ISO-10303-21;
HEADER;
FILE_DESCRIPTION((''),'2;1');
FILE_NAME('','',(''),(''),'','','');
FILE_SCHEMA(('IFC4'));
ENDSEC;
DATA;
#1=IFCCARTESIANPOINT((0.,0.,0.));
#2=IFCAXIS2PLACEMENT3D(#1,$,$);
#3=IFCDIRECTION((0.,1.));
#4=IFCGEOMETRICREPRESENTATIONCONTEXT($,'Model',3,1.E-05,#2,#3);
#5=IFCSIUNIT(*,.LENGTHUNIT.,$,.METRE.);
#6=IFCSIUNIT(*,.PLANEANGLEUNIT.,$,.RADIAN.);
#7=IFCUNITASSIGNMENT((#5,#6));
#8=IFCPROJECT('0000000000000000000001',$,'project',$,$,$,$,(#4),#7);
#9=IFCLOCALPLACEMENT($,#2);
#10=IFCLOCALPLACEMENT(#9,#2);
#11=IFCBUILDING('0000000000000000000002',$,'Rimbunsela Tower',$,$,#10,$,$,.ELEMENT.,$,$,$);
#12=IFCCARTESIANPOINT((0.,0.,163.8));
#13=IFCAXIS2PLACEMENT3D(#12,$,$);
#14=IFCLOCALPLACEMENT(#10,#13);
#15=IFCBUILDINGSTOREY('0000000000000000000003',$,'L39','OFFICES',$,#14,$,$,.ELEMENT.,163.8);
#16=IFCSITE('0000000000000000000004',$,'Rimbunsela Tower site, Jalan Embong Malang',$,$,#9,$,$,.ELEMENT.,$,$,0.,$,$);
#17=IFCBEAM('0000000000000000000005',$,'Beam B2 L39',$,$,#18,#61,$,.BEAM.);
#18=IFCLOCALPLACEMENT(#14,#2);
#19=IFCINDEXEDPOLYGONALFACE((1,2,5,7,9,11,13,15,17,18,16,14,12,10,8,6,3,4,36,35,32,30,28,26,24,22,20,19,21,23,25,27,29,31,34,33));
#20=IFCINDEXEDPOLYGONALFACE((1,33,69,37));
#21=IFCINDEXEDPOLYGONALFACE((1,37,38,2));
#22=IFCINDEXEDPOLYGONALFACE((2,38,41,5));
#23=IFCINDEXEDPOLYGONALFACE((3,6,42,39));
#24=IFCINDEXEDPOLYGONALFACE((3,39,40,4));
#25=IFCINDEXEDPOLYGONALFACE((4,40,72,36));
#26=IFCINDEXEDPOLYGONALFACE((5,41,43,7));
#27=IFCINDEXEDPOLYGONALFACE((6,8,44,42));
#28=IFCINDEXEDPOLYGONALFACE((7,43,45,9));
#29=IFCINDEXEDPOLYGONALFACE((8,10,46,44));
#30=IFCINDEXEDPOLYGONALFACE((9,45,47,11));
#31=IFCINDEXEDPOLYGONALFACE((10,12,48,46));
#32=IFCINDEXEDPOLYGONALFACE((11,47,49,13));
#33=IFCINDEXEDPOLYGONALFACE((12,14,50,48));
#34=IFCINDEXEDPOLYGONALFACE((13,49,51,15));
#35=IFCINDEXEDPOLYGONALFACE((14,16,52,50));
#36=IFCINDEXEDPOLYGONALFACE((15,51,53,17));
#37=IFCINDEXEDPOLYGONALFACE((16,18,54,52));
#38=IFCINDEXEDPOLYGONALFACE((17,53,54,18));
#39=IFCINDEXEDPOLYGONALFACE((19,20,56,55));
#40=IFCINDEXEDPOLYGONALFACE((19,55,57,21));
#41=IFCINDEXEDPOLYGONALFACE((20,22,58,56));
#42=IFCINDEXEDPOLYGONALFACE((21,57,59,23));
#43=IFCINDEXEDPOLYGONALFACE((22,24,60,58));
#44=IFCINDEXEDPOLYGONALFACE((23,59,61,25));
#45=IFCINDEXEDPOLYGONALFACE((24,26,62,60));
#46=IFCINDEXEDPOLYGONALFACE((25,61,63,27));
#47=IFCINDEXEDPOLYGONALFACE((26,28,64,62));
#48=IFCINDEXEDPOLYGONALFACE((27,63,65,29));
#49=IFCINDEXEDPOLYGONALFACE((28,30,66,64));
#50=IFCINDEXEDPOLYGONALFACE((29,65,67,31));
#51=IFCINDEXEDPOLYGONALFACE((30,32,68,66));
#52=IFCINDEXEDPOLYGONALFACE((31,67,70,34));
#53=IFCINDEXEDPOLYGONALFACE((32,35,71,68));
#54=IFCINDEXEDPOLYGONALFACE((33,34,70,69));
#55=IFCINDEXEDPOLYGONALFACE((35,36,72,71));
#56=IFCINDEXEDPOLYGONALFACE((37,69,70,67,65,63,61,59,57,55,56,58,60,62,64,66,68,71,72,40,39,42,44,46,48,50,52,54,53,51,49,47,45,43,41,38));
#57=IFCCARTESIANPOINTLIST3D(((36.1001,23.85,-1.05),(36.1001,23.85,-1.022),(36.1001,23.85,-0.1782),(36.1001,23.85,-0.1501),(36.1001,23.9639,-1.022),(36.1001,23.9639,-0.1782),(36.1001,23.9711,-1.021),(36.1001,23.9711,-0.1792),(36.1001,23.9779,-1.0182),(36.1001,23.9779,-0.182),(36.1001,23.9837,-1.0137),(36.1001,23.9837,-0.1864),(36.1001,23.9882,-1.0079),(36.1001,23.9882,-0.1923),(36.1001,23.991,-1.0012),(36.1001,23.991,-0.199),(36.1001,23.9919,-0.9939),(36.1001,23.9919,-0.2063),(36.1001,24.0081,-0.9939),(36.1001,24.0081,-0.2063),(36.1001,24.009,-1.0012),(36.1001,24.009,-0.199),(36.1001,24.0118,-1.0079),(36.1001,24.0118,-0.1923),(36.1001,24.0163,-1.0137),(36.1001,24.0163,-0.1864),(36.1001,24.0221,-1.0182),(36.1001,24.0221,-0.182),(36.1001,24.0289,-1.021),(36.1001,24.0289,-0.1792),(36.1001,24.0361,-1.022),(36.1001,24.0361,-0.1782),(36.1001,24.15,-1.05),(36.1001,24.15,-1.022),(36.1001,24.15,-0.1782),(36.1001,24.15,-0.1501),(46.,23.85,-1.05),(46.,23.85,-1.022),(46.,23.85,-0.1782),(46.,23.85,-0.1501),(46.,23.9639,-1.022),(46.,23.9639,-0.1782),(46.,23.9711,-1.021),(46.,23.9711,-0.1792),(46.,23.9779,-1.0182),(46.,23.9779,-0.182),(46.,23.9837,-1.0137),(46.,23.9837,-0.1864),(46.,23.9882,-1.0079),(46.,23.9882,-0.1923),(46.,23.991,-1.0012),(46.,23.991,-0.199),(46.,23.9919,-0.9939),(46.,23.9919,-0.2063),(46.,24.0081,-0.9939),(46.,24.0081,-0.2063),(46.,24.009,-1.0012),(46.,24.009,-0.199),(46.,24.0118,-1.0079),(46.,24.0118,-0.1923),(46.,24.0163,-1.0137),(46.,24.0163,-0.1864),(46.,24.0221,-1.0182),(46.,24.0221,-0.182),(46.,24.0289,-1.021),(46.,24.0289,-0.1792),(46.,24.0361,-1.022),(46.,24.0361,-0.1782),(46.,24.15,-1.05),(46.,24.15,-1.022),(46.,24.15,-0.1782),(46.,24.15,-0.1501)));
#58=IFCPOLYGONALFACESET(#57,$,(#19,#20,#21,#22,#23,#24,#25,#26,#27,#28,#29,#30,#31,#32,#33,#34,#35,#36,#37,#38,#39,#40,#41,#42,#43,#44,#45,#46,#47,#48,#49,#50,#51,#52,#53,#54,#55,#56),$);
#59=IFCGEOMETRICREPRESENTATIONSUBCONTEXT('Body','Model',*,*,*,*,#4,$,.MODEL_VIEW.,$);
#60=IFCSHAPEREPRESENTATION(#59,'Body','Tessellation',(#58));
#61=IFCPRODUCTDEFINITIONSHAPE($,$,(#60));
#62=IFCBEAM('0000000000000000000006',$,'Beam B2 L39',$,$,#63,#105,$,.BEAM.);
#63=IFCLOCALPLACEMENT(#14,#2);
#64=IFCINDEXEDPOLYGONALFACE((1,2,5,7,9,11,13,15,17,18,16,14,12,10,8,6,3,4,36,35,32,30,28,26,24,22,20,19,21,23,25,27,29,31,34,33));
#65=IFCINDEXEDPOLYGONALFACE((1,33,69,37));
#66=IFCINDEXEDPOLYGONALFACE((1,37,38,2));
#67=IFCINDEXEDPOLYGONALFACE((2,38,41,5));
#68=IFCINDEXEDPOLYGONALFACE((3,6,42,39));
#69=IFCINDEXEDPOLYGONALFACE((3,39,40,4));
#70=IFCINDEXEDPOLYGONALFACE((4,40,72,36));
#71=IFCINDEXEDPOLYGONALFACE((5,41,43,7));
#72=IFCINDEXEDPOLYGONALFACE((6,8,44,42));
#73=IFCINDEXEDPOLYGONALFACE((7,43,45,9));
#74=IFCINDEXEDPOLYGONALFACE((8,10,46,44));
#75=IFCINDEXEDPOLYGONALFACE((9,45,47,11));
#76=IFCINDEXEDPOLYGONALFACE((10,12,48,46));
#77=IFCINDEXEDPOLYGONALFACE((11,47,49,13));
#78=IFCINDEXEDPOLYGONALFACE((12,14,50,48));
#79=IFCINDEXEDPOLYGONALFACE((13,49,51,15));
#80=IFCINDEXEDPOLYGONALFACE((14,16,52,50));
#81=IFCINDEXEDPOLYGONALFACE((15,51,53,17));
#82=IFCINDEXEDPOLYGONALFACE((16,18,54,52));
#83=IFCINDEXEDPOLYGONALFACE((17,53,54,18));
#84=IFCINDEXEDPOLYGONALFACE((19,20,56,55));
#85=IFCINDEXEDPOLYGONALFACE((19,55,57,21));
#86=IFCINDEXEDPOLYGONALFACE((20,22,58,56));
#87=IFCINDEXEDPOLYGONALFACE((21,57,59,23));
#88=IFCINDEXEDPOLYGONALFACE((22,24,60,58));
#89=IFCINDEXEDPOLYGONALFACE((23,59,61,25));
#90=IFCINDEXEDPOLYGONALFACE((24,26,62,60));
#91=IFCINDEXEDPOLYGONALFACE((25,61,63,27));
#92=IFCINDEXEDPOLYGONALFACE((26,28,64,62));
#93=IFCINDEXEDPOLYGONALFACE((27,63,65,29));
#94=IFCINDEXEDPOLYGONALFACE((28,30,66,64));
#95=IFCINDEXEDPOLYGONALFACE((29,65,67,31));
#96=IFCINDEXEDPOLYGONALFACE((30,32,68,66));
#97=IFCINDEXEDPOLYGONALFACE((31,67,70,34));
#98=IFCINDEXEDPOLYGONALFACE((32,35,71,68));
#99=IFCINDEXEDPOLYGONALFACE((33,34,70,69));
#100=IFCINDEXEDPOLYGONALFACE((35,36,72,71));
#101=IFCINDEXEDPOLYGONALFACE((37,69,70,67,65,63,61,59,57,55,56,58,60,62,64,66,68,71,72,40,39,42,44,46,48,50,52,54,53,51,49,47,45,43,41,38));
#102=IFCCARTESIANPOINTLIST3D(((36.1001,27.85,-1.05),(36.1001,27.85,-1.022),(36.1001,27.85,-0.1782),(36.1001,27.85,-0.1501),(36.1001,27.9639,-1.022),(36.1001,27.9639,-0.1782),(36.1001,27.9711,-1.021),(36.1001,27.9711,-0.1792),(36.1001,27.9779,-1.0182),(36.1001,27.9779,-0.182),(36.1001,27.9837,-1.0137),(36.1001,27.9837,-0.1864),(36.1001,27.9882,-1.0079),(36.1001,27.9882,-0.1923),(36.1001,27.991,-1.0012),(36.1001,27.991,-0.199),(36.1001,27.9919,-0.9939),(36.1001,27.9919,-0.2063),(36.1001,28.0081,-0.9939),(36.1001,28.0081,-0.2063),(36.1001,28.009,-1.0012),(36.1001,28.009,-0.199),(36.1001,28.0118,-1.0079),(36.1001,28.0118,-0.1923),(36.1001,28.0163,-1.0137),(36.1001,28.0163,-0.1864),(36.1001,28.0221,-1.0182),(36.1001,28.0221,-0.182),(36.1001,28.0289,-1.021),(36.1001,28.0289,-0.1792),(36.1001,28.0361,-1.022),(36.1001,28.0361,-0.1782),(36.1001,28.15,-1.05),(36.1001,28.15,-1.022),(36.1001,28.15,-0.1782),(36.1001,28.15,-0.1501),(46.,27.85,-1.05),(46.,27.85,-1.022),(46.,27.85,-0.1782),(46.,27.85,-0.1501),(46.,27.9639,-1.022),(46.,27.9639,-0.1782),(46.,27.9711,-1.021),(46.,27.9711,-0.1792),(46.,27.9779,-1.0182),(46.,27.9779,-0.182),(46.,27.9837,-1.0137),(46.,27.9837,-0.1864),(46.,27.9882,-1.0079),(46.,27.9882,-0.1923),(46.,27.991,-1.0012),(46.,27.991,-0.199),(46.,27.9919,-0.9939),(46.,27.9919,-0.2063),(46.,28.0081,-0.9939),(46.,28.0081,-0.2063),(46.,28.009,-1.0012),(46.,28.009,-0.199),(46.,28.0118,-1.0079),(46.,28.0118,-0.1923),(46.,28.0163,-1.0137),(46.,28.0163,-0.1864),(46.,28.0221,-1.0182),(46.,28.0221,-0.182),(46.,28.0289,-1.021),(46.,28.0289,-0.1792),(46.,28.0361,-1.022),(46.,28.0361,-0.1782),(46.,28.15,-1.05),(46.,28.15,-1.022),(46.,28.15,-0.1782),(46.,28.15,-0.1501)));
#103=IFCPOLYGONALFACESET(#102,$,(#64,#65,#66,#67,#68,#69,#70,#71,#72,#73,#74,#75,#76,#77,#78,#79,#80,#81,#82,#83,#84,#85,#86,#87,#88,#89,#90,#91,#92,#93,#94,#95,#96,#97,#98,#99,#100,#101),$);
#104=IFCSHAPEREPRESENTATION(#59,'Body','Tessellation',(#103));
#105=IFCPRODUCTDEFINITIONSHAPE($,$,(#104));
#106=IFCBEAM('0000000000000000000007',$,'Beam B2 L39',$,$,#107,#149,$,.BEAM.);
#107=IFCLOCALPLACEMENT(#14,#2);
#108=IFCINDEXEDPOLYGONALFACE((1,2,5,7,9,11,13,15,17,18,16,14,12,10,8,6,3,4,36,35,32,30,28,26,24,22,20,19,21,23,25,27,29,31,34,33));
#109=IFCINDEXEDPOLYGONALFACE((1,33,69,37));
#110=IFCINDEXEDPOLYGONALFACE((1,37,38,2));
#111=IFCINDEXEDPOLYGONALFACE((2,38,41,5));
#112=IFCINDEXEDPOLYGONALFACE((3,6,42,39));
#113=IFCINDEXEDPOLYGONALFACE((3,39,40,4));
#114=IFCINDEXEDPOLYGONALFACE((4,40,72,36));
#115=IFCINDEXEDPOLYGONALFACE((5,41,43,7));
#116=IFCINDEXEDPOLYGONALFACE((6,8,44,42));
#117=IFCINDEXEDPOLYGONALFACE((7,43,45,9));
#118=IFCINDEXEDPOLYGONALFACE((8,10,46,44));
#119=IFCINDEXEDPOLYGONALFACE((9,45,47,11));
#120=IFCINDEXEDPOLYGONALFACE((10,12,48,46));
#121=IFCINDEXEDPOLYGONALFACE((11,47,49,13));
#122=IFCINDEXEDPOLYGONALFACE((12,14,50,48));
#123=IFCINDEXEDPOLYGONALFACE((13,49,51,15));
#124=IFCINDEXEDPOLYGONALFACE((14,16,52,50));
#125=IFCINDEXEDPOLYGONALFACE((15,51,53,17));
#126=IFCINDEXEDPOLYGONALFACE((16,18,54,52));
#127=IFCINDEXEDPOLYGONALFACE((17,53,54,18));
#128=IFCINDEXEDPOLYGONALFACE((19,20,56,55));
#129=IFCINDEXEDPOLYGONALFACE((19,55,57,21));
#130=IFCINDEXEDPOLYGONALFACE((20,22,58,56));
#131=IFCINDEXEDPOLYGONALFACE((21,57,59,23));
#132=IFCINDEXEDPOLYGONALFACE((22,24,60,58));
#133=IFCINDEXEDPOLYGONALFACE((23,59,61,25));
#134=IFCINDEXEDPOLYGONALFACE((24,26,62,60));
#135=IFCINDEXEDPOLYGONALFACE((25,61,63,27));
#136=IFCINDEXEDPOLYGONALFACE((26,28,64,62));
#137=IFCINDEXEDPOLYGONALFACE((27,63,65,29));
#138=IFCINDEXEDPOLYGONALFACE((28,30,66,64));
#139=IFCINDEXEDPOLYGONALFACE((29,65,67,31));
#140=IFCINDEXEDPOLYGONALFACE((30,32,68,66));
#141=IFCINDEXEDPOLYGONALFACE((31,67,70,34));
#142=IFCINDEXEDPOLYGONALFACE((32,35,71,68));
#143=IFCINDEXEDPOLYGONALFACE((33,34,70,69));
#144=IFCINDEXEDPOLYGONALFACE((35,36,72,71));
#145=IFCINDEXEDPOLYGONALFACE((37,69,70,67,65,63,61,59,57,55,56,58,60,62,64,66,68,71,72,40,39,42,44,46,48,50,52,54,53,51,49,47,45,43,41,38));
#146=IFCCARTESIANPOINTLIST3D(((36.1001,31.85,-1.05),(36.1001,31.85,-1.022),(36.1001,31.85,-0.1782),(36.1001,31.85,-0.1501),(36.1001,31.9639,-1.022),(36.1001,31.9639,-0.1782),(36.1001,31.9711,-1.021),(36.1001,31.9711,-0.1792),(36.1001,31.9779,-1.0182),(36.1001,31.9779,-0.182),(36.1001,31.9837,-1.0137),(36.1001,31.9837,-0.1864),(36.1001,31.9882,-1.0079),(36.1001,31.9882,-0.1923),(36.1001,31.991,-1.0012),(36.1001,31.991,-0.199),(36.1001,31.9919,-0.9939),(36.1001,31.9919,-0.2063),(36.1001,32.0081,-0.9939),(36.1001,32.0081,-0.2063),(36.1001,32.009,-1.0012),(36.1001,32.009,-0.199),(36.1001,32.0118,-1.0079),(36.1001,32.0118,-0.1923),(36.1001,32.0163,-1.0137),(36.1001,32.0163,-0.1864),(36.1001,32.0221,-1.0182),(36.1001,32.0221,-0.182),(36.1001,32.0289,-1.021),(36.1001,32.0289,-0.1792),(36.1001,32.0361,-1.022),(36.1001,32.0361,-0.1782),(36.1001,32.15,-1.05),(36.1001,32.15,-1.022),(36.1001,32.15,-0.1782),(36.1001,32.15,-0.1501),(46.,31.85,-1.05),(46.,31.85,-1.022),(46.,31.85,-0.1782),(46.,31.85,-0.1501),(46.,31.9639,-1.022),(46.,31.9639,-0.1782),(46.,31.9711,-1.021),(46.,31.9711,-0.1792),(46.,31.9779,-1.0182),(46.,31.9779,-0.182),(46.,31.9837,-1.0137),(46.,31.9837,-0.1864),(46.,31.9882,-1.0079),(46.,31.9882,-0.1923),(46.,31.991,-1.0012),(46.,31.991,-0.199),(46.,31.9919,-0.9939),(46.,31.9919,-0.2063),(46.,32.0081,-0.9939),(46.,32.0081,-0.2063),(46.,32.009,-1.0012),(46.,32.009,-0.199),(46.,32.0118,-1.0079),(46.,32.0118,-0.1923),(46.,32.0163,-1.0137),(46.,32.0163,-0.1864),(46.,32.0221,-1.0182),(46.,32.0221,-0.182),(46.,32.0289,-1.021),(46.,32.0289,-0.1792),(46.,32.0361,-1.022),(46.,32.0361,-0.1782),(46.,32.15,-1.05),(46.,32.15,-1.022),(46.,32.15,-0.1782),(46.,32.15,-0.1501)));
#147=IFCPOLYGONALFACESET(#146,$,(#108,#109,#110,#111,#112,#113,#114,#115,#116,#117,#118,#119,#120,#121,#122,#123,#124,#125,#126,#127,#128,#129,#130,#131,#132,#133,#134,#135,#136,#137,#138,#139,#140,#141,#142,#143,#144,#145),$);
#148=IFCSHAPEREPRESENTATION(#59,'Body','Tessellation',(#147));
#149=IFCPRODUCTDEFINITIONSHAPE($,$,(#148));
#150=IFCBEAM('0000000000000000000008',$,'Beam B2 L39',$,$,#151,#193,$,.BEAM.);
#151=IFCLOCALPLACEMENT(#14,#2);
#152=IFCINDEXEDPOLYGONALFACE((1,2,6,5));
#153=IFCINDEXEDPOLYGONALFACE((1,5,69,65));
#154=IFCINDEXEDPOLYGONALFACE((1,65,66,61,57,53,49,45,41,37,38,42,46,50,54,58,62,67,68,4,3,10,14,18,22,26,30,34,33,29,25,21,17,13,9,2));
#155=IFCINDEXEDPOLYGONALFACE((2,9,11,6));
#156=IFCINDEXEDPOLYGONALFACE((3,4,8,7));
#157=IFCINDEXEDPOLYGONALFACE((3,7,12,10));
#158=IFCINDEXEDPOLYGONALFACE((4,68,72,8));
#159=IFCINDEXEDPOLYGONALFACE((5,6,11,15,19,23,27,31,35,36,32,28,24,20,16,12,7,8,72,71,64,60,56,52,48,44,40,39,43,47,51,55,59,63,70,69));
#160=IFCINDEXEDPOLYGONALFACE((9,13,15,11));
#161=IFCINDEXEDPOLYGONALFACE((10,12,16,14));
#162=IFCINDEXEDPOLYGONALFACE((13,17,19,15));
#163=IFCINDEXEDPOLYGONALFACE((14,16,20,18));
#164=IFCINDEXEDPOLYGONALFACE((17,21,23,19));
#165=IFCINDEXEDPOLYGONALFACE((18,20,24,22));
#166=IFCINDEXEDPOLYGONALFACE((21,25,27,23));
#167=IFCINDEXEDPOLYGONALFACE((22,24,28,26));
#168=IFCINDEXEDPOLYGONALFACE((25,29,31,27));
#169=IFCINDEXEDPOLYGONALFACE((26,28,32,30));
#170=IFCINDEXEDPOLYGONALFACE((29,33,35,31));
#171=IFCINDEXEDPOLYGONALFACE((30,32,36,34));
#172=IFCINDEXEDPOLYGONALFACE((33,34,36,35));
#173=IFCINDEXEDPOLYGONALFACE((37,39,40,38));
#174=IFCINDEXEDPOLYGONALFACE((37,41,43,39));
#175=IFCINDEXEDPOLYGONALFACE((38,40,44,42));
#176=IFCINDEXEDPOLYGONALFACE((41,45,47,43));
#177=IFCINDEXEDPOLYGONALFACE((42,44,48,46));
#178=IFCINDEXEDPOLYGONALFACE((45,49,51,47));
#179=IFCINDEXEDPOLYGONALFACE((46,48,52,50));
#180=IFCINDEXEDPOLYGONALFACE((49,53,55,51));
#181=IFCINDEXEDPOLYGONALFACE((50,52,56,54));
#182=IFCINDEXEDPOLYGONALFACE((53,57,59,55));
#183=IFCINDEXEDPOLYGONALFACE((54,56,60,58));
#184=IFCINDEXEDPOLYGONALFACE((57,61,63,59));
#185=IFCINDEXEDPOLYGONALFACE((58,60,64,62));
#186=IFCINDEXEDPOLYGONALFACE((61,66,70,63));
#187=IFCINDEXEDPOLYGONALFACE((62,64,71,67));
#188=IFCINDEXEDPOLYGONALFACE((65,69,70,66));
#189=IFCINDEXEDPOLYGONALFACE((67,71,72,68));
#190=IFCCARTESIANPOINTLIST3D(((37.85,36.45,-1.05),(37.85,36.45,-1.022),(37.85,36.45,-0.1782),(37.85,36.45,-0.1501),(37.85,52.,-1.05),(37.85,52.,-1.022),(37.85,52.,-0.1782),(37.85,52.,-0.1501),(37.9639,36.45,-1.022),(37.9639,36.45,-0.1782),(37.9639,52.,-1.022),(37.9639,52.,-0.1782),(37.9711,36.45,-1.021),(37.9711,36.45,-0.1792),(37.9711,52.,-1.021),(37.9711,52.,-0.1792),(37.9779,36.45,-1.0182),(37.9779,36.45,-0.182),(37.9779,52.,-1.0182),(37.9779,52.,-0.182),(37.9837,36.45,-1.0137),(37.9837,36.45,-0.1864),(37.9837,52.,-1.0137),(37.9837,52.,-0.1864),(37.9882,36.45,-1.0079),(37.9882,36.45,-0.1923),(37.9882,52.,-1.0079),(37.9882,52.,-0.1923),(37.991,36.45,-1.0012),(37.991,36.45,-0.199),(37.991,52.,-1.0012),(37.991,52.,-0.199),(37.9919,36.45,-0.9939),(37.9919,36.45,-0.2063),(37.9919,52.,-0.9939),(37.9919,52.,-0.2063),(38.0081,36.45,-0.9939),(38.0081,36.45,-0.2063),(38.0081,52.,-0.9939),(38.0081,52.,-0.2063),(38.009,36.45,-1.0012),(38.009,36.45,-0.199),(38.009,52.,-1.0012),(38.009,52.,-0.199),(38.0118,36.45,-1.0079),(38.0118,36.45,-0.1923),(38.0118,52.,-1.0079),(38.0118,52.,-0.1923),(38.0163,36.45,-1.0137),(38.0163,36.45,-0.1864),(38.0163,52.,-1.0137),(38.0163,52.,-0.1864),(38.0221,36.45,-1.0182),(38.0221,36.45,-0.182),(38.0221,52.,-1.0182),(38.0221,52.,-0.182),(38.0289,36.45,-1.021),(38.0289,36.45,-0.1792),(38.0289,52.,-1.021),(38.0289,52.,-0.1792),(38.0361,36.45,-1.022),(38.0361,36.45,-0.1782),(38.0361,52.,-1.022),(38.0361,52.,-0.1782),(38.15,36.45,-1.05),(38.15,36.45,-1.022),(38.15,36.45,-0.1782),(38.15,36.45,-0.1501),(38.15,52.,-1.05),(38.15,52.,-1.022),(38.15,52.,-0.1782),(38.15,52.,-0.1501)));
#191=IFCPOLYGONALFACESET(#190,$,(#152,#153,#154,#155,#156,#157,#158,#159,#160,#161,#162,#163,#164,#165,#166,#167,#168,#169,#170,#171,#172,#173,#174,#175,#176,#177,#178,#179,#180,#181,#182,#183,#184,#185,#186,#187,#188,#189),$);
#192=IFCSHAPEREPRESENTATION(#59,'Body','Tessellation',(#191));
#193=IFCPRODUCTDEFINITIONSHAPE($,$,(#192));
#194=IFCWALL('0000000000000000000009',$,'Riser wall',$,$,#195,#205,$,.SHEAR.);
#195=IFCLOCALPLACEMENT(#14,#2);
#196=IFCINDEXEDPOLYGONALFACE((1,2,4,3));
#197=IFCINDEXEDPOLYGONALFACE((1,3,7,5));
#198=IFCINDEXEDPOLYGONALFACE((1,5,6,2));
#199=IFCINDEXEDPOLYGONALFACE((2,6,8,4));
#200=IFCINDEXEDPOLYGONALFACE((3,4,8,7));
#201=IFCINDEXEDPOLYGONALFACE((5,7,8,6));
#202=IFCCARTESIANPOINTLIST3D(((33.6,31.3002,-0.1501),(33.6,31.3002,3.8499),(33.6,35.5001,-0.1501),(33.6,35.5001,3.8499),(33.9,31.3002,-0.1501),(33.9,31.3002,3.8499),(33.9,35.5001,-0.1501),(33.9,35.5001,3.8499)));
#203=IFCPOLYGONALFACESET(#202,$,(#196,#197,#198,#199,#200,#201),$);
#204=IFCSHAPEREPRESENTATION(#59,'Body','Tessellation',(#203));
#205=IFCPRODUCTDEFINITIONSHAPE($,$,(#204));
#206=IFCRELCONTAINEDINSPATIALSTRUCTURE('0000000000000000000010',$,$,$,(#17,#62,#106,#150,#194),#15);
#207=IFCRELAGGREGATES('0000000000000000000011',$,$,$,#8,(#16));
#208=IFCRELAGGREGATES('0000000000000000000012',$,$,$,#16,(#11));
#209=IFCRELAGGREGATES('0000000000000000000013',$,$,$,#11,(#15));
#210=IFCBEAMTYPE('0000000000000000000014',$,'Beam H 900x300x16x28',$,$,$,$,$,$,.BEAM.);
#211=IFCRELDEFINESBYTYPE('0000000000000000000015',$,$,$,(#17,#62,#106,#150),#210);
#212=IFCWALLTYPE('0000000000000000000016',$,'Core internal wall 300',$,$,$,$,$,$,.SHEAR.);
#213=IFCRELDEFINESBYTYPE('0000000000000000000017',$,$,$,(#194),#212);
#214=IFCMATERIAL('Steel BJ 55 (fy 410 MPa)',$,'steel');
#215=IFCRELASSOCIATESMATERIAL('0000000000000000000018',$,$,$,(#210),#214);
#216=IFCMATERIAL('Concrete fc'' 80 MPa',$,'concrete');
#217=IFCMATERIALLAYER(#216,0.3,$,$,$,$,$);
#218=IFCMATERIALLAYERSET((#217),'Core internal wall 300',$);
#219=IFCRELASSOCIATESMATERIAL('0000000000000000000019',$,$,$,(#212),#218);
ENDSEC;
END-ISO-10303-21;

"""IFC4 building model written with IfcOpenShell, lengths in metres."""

from ifc_helpers import new_model, si_unit, direction, frame, frame_2d, origin, origin_2d, place, context, subcontext, project, spatial, rectangle, i_section, extrude, material, layer, layer_set, material_profile, profile_set, type_object, element, save


model = new_model("IFC4")

# Units and contexts
model_context = context("Model", 3, precision=1e-05, world=origin(), true_north=direction((0.0, 1.0)))
body_context = subcontext(model_context, "Body", "Model", "MODEL_VIEW")
ifc_project = project(units=[si_unit("LENGTHUNIT", "METRE"), si_unit("PLANEANGLEUNIT", "RADIAN")], contexts=[model_context])

# Site, building, storey
site_placement = place(None, origin())
site = spatial("IfcSite", under=ifc_project, at=site_placement, Name="Rimbunsela Tower site, Jalan Embong Malang", CompositionType="ELEMENT", RefElevation=0.0)
building_placement = place(site_placement, origin())
building = spatial("IfcBuilding", under=site, at=building_placement, Name="Rimbunsela Tower", CompositionType="ELEMENT")
storey_placement = place(building_placement, frame((0.0, 0.0, 163.8)))
storey = spatial("IfcBuildingStorey", under=building, at=storey_placement, Name="L39", Description="OFFICES", CompositionType="ELEMENT", Elevation=163.8)

# Beams
ifc_material_1 = material(Name="Steel BJ 55 (fy 410 MPa)", Category="steel")
ifc_material_profile_1 = material_profile(ifc_material_1, i_section(OverallWidth=0.3, OverallDepth=0.8999, WebThickness=0.0161, FlangeThickness=0.0281, FilletRadius=0.0281, at=origin_2d()), Name="H 900x300x16x28")
ifc_profile_set_1 = profile_set([ifc_material_profile_1], Name="Steel BJ 55 (fy 410 MPa)")
beam_type_1 = type_object("IfcBeamType", Name="Beam H 900x300x16x28", PredefinedType="BEAM", material=ifc_profile_set_1)
for number, where, z_axis, x_axis, name in (
    (1, (36.1001, 24.0, -0.6001), (1.0, 0.0, 0.0), (0.0, 1.0, 0.0), "Beam B2 L39"),
    (2, (36.1001, 28.0, -0.6001), (1.0, 0.0, 0.0), (0.0, 1.0, 0.0), "Beam B2 L39"),
    (3, (36.1001, 32.0, -0.6001), (1.0, 0.0, 0.0), (0.0, 1.0, 0.0), "Beam B2 L39"),
):
    element("IfcBeam", number, at=place(storey_placement, frame(where, z_axis=z_axis, x_axis=x_axis)), inside=storey, type_object=beam_type_1, Name=name, PredefinedType="BEAM", context=body_context, shape_type="SweptSolid", body=[
        extrude(i_section(OverallWidth=0.3, OverallDepth=0.8999, WebThickness=0.0161, FlangeThickness=0.0281, FilletRadius=0.0281, at=origin_2d()), origin(), (0.0, 0.0, 1.0), 9.8999),
    ])
beam_1_placement = place(storey_placement, frame((38.0, 36.45, -0.6001), z_axis=(0.0, 1.0, 0.0), x_axis=(-1.0, 0.0, 0.0)))
element("IfcBeam", 4, at=beam_1_placement, inside=storey, type_object=beam_type_1, Name="Beam B2 L39", PredefinedType="BEAM", context=body_context, shape_type="SweptSolid", body=[
    extrude(i_section(OverallWidth=0.3, OverallDepth=0.8999, WebThickness=0.0161, FlangeThickness=0.0281, FilletRadius=0.0281, at=origin_2d()), origin(), (0.0, 0.0, 1.0), 15.55),
])

# Wall
ifc_material_2 = material(Name="Concrete fc' 80 MPa", Category="concrete")
ifc_layer_1 = layer(ifc_material_2, 0.3)
ifc_layer_set_1 = layer_set([ifc_layer_1], Name="Core internal wall 300")
wall_type_1 = type_object("IfcWallType", Name="Core internal wall 300", PredefinedType="SHEAR", material=ifc_layer_set_1)
wall_1_placement = place(storey_placement, frame((33.75, 31.3, -0.1501), z_axis=(0.0, 0.0, 1.0), x_axis=(0.0, 1.0, 0.0)))
element("IfcWall", 5, at=wall_1_placement, inside=storey, type_object=wall_type_1, Name="Riser wall", PredefinedType="SHEAR", context=body_context, shape_type="SweptSolid", body=[
    extrude(rectangle(XDim=4.2, YDim=0.3, at=frame_2d((2.1001, 0.0))), origin(), (0.0, 0.0, 1.0), 4.0),
])

save(model, "model.ifc")
